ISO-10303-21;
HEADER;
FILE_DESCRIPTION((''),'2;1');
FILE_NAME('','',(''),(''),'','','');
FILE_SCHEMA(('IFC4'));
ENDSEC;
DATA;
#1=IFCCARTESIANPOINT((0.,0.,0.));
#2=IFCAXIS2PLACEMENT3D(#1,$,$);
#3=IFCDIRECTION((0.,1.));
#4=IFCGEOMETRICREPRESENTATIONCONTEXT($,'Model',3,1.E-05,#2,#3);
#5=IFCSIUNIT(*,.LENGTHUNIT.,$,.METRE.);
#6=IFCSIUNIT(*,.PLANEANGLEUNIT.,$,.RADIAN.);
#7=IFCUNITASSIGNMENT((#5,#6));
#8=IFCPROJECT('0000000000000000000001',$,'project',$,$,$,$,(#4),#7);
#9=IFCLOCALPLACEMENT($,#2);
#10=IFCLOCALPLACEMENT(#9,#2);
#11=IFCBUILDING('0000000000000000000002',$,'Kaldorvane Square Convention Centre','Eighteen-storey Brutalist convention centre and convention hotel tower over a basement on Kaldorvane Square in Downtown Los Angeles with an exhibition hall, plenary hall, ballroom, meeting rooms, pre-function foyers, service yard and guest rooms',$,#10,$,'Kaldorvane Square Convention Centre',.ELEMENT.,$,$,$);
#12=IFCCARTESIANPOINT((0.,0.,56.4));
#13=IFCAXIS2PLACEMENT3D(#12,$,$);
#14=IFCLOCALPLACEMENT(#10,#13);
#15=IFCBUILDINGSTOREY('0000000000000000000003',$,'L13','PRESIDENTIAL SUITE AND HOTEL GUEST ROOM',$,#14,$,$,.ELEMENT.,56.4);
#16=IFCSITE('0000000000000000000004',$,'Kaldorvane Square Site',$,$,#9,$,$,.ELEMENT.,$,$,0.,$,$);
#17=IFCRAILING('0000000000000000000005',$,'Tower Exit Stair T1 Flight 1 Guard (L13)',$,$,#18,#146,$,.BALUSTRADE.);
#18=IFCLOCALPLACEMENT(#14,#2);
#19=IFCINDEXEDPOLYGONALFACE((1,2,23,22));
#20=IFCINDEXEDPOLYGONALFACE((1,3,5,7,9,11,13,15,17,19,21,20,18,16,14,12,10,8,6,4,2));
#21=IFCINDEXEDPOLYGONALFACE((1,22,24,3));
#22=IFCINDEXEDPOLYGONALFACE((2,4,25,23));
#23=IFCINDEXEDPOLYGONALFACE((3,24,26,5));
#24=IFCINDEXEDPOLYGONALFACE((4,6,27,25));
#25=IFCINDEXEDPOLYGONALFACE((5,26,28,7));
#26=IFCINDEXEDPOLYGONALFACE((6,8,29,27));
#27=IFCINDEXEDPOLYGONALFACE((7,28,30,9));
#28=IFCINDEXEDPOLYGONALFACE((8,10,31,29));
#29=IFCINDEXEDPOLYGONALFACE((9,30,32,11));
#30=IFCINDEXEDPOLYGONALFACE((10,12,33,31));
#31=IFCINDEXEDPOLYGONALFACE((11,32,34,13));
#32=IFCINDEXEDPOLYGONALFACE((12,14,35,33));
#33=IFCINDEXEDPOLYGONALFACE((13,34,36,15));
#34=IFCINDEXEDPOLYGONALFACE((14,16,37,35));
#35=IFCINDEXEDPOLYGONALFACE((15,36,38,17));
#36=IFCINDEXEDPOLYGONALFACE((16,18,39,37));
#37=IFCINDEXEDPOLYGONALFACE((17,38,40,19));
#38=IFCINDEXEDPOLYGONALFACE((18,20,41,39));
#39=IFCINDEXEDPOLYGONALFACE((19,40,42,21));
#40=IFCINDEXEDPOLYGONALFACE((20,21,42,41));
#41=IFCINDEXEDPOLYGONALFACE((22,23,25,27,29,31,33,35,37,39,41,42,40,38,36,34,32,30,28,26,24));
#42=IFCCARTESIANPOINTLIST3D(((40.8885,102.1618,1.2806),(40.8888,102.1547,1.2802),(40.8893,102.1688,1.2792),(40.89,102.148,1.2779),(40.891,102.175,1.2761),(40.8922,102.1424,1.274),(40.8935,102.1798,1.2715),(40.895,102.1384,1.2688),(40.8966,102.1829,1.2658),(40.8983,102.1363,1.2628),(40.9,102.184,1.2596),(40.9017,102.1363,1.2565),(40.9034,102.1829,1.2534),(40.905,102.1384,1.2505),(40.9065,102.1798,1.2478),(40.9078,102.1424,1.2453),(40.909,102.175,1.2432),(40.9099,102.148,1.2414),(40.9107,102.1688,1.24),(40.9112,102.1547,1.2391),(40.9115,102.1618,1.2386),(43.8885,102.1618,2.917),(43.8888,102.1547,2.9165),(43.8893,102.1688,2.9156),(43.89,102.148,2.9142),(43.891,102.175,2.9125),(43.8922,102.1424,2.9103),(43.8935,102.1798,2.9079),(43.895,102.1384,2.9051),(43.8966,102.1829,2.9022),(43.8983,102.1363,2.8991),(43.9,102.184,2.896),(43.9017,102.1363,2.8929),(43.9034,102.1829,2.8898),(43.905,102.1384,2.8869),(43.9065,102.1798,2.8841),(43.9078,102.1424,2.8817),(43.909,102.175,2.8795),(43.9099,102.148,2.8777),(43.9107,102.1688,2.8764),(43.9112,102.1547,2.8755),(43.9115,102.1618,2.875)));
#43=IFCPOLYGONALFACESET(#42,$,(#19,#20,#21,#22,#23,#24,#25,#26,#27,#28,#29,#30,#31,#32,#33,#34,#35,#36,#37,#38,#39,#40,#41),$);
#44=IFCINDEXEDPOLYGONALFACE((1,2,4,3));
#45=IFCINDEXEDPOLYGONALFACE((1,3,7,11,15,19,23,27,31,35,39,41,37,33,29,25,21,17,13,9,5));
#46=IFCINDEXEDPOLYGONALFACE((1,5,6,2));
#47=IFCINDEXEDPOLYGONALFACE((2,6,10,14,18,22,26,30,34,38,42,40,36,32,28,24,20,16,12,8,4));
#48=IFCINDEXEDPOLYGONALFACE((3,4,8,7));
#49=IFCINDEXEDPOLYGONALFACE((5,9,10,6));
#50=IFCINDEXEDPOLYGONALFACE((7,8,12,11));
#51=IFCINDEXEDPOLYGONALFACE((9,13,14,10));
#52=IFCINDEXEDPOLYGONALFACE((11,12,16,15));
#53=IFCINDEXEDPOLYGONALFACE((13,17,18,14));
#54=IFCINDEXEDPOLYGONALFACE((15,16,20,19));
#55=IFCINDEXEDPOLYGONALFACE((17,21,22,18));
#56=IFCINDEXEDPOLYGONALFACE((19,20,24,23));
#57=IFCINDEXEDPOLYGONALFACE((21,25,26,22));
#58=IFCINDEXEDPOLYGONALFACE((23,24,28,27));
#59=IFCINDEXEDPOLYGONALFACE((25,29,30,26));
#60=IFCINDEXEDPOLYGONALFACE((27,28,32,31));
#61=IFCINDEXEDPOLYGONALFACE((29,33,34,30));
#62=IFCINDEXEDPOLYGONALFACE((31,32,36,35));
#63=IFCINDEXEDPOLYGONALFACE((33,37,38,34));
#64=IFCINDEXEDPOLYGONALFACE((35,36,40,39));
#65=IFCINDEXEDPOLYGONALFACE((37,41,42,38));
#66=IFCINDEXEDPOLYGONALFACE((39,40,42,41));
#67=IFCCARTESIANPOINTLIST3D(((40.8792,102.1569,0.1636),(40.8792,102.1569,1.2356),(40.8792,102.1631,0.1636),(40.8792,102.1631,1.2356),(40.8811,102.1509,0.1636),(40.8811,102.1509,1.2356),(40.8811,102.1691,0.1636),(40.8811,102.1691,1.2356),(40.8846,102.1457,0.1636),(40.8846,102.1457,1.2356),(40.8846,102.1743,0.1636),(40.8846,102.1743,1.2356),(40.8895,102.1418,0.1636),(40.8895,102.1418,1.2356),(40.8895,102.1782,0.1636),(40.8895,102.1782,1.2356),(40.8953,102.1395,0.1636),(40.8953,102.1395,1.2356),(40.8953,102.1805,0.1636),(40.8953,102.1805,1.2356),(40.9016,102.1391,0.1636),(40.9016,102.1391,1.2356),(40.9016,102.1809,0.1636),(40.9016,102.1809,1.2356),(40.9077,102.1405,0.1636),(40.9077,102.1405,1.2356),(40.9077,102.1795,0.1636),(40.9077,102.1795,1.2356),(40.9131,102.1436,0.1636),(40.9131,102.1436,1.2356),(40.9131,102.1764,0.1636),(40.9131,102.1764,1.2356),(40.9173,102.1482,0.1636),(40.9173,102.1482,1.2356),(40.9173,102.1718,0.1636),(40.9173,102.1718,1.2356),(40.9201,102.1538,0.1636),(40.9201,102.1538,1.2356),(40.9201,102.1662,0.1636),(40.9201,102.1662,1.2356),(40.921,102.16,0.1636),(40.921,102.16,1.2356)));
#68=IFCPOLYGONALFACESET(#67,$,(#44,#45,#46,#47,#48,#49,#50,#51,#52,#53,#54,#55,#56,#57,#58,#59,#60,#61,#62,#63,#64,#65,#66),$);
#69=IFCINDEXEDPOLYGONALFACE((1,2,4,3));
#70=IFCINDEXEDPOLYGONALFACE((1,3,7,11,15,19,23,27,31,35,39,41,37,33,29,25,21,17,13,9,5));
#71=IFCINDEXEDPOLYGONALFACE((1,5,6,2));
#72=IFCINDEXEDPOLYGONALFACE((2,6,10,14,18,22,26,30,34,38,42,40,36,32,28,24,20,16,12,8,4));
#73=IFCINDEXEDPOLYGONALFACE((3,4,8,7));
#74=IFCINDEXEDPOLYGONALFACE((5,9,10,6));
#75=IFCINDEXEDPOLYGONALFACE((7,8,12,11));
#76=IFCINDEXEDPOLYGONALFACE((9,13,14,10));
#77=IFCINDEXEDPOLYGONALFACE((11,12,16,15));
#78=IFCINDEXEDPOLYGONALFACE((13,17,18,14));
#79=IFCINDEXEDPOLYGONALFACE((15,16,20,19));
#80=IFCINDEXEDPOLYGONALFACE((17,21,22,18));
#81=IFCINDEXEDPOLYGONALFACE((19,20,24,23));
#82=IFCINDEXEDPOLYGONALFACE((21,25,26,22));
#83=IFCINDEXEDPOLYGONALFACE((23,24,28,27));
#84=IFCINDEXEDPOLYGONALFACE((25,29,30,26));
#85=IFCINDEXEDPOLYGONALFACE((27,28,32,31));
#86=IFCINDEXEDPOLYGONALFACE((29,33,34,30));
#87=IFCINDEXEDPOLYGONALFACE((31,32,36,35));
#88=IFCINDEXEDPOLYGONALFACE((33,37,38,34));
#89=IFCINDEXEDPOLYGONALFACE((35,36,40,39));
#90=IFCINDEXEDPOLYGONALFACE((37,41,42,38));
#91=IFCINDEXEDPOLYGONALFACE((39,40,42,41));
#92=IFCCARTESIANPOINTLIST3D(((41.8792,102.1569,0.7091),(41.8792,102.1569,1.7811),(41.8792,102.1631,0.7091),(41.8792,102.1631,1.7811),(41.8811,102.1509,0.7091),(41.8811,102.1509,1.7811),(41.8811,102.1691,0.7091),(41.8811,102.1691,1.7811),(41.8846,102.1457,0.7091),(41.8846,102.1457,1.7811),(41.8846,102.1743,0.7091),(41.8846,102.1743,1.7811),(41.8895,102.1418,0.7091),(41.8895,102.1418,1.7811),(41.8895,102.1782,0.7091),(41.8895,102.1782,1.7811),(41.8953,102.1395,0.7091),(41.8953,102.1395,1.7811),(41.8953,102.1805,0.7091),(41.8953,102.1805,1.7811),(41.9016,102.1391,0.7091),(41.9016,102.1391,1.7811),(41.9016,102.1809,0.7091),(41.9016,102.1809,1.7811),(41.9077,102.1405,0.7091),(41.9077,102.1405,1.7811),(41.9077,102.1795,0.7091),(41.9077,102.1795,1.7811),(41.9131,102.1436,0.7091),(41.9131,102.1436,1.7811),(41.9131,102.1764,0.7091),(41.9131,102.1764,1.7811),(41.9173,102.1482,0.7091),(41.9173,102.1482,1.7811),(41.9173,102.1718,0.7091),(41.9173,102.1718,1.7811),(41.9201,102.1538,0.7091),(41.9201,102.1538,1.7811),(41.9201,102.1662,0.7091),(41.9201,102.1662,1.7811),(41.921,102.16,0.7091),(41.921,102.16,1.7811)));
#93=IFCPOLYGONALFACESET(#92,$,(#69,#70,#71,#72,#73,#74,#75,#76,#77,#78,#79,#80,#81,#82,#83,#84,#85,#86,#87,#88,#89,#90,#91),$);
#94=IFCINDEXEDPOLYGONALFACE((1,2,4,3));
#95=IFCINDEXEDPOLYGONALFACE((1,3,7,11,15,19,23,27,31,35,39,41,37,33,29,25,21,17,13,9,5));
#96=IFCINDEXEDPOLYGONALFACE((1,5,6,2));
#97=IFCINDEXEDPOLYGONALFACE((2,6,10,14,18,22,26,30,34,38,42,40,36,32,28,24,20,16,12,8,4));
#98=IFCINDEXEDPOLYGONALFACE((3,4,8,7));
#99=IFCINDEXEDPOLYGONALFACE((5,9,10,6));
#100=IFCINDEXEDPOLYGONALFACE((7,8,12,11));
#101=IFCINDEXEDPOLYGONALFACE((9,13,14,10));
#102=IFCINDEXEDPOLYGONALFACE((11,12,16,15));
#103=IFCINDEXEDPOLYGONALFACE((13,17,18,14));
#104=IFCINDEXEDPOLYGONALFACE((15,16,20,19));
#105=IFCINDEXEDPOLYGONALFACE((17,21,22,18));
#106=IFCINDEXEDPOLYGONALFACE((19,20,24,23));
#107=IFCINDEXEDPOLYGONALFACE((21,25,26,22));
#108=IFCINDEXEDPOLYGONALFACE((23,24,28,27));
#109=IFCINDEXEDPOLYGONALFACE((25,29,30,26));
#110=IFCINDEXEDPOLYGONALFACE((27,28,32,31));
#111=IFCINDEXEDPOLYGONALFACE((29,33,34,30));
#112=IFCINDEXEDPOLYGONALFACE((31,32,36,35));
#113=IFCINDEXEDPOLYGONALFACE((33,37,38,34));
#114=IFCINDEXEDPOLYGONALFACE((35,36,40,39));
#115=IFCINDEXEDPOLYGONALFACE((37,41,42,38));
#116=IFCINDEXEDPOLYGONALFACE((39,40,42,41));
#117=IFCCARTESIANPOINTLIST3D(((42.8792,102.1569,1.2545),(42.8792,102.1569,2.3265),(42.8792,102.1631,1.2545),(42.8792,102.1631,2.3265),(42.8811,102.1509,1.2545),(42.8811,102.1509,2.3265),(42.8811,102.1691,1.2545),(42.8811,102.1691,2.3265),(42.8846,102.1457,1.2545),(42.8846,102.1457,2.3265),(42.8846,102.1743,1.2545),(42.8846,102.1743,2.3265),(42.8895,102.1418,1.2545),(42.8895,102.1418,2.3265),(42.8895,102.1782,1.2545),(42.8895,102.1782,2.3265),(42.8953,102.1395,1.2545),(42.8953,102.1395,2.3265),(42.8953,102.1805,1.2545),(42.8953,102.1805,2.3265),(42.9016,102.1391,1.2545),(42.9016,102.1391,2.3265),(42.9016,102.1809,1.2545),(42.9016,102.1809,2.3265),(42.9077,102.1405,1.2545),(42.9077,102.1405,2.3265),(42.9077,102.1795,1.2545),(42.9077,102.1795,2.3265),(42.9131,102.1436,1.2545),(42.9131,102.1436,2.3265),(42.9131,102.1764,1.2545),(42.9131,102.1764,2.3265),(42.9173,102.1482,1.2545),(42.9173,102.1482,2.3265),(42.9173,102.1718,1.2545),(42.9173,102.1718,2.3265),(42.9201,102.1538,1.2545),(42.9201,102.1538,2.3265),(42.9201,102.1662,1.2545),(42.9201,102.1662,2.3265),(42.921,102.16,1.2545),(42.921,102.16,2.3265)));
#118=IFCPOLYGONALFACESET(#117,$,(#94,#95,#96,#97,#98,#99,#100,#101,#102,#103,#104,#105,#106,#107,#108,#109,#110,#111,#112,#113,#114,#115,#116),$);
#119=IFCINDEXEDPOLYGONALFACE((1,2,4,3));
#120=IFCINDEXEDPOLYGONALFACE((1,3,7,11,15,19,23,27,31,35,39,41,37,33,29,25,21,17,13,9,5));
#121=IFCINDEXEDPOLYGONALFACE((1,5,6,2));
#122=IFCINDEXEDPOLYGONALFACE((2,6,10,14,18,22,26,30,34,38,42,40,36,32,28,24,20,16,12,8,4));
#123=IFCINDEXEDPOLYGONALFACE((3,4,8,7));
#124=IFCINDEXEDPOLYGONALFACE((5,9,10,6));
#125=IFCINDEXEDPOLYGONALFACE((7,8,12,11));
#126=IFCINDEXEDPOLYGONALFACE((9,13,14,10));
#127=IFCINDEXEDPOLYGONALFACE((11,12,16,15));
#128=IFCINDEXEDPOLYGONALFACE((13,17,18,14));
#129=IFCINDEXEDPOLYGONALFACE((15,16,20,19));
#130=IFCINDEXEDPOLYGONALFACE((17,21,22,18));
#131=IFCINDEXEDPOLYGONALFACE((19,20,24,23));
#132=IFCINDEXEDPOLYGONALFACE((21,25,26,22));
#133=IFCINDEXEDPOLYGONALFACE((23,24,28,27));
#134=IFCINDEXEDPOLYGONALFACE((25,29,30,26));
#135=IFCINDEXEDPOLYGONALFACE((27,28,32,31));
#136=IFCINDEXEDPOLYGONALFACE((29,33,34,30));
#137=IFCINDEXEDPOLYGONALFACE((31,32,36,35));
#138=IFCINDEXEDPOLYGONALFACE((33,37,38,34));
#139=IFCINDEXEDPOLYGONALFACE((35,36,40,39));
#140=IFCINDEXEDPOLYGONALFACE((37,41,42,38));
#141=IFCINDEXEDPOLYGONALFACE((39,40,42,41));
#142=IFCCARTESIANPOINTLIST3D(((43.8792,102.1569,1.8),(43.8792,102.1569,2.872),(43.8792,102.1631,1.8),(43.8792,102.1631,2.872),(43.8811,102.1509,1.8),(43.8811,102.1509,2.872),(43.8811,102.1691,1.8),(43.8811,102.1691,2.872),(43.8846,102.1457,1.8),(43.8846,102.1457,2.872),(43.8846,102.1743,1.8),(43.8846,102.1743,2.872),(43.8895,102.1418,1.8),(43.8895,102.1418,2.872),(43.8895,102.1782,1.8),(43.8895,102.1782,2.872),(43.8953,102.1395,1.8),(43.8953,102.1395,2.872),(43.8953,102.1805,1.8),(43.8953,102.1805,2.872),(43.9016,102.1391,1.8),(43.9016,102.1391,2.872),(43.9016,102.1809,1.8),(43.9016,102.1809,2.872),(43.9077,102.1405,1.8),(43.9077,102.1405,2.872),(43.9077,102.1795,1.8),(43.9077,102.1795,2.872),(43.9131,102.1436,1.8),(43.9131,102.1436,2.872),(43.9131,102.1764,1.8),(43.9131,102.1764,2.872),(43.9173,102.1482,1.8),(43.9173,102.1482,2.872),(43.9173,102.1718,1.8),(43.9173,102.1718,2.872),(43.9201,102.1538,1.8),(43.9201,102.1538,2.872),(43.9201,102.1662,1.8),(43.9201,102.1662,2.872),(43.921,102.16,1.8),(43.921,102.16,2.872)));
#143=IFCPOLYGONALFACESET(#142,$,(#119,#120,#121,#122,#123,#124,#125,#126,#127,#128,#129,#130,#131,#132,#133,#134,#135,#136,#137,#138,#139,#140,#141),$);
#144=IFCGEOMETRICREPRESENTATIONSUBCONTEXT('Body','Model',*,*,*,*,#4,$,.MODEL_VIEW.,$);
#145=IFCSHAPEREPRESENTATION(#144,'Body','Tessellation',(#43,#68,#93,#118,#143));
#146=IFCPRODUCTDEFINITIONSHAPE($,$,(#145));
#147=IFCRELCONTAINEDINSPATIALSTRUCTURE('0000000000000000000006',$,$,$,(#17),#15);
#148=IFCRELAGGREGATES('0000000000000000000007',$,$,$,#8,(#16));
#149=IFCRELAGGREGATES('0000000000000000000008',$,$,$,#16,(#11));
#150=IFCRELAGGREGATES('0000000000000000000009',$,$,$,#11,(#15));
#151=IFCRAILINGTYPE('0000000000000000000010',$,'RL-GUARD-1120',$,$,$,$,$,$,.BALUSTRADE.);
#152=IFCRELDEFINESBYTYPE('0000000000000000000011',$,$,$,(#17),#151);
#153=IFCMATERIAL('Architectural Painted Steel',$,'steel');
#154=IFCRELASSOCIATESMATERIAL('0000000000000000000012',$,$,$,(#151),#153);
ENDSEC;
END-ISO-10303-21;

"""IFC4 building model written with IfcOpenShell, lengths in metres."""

from ifc_helpers import new_model, si_unit, direction, frame, origin, origin_2d, place, context, subcontext, project, spatial, circle, extrude, material, type_object, element, save


model = new_model("IFC4")

# Units and contexts
model_context = context("Model", 3, precision=1e-05, world=origin(), true_north=direction((0.0, 1.0)))
body_context = subcontext(model_context, "Body", "Model", "MODEL_VIEW")
ifc_project = project(units=[si_unit("LENGTHUNIT", "METRE"), si_unit("PLANEANGLEUNIT", "RADIAN")], contexts=[model_context])

# Site, building, storey
site_placement = place(None, origin())
site = spatial("IfcSite", under=ifc_project, at=site_placement, Name="Kaldorvane Square Site", CompositionType="ELEMENT", RefElevation=0.0)
building_placement = place(site_placement, origin())
building = spatial("IfcBuilding", under=site, at=building_placement, Name="Kaldorvane Square Convention Centre", Description="Eighteen-storey Brutalist convention centre and convention hotel tower over a basement on Kaldorvane Square in Downtown Los Angeles with an exhibition hall, plenary hall, ballroom, meeting rooms, pre-function foyers, service yard and guest rooms", LongName="Kaldorvane Square Convention Centre", CompositionType="ELEMENT")
storey_placement = place(building_placement, frame((0.0, 0.0, 56.4)))
storey = spatial("IfcBuildingStorey", under=building, at=storey_placement, Name="L13", Description="PRESIDENTIAL SUITE AND HOTEL GUEST ROOM", CompositionType="ELEMENT", Elevation=56.4)

# Railing
ifc_material_1 = material(Name="Architectural Painted Steel", Category="steel")
railing_type_1 = type_object("IfcRailingType", Name="RL-GUARD-1120", PredefinedType="BALUSTRADE", material=ifc_material_1)
railing_1_placement = place(storey_placement, frame((40.9, 102.16, 0.1636)))
element("IfcRailing", 1, at=railing_1_placement, inside=storey, type_object=railing_type_1, Name="Tower Exit Stair T1 Flight 1 Guard (L13)", PredefinedType="BALUSTRADE", context=body_context, shape_type="SweptSolid", body=[
    extrude(circle(Radius=0.024, at=origin_2d()), frame((0.0, 0.0, 1.096), z_axis=(0.877895, 0.0, 0.478853), x_axis=(0.0, 1.0, 0.0)), (0.0, 0.0, 1.0), 3.4173),
    extrude(circle(Radius=0.021, at=origin_2d()), origin(), (0.0, 0.0, 1.0), 1.072),
    extrude(circle(Radius=0.021, at=origin_2d()), frame((1.0, 0.0, 0.5455)), (0.0, 0.0, 1.0), 1.072),
    extrude(circle(Radius=0.021, at=origin_2d()), frame((2.0, 0.0, 1.0909)), (0.0, 0.0, 1.0), 1.072),
    extrude(circle(Radius=0.021, at=origin_2d()), frame((3.0, 0.0, 1.6364)), (0.0, 0.0, 1.0), 1.072),
])

save(model, "model.ifc")
